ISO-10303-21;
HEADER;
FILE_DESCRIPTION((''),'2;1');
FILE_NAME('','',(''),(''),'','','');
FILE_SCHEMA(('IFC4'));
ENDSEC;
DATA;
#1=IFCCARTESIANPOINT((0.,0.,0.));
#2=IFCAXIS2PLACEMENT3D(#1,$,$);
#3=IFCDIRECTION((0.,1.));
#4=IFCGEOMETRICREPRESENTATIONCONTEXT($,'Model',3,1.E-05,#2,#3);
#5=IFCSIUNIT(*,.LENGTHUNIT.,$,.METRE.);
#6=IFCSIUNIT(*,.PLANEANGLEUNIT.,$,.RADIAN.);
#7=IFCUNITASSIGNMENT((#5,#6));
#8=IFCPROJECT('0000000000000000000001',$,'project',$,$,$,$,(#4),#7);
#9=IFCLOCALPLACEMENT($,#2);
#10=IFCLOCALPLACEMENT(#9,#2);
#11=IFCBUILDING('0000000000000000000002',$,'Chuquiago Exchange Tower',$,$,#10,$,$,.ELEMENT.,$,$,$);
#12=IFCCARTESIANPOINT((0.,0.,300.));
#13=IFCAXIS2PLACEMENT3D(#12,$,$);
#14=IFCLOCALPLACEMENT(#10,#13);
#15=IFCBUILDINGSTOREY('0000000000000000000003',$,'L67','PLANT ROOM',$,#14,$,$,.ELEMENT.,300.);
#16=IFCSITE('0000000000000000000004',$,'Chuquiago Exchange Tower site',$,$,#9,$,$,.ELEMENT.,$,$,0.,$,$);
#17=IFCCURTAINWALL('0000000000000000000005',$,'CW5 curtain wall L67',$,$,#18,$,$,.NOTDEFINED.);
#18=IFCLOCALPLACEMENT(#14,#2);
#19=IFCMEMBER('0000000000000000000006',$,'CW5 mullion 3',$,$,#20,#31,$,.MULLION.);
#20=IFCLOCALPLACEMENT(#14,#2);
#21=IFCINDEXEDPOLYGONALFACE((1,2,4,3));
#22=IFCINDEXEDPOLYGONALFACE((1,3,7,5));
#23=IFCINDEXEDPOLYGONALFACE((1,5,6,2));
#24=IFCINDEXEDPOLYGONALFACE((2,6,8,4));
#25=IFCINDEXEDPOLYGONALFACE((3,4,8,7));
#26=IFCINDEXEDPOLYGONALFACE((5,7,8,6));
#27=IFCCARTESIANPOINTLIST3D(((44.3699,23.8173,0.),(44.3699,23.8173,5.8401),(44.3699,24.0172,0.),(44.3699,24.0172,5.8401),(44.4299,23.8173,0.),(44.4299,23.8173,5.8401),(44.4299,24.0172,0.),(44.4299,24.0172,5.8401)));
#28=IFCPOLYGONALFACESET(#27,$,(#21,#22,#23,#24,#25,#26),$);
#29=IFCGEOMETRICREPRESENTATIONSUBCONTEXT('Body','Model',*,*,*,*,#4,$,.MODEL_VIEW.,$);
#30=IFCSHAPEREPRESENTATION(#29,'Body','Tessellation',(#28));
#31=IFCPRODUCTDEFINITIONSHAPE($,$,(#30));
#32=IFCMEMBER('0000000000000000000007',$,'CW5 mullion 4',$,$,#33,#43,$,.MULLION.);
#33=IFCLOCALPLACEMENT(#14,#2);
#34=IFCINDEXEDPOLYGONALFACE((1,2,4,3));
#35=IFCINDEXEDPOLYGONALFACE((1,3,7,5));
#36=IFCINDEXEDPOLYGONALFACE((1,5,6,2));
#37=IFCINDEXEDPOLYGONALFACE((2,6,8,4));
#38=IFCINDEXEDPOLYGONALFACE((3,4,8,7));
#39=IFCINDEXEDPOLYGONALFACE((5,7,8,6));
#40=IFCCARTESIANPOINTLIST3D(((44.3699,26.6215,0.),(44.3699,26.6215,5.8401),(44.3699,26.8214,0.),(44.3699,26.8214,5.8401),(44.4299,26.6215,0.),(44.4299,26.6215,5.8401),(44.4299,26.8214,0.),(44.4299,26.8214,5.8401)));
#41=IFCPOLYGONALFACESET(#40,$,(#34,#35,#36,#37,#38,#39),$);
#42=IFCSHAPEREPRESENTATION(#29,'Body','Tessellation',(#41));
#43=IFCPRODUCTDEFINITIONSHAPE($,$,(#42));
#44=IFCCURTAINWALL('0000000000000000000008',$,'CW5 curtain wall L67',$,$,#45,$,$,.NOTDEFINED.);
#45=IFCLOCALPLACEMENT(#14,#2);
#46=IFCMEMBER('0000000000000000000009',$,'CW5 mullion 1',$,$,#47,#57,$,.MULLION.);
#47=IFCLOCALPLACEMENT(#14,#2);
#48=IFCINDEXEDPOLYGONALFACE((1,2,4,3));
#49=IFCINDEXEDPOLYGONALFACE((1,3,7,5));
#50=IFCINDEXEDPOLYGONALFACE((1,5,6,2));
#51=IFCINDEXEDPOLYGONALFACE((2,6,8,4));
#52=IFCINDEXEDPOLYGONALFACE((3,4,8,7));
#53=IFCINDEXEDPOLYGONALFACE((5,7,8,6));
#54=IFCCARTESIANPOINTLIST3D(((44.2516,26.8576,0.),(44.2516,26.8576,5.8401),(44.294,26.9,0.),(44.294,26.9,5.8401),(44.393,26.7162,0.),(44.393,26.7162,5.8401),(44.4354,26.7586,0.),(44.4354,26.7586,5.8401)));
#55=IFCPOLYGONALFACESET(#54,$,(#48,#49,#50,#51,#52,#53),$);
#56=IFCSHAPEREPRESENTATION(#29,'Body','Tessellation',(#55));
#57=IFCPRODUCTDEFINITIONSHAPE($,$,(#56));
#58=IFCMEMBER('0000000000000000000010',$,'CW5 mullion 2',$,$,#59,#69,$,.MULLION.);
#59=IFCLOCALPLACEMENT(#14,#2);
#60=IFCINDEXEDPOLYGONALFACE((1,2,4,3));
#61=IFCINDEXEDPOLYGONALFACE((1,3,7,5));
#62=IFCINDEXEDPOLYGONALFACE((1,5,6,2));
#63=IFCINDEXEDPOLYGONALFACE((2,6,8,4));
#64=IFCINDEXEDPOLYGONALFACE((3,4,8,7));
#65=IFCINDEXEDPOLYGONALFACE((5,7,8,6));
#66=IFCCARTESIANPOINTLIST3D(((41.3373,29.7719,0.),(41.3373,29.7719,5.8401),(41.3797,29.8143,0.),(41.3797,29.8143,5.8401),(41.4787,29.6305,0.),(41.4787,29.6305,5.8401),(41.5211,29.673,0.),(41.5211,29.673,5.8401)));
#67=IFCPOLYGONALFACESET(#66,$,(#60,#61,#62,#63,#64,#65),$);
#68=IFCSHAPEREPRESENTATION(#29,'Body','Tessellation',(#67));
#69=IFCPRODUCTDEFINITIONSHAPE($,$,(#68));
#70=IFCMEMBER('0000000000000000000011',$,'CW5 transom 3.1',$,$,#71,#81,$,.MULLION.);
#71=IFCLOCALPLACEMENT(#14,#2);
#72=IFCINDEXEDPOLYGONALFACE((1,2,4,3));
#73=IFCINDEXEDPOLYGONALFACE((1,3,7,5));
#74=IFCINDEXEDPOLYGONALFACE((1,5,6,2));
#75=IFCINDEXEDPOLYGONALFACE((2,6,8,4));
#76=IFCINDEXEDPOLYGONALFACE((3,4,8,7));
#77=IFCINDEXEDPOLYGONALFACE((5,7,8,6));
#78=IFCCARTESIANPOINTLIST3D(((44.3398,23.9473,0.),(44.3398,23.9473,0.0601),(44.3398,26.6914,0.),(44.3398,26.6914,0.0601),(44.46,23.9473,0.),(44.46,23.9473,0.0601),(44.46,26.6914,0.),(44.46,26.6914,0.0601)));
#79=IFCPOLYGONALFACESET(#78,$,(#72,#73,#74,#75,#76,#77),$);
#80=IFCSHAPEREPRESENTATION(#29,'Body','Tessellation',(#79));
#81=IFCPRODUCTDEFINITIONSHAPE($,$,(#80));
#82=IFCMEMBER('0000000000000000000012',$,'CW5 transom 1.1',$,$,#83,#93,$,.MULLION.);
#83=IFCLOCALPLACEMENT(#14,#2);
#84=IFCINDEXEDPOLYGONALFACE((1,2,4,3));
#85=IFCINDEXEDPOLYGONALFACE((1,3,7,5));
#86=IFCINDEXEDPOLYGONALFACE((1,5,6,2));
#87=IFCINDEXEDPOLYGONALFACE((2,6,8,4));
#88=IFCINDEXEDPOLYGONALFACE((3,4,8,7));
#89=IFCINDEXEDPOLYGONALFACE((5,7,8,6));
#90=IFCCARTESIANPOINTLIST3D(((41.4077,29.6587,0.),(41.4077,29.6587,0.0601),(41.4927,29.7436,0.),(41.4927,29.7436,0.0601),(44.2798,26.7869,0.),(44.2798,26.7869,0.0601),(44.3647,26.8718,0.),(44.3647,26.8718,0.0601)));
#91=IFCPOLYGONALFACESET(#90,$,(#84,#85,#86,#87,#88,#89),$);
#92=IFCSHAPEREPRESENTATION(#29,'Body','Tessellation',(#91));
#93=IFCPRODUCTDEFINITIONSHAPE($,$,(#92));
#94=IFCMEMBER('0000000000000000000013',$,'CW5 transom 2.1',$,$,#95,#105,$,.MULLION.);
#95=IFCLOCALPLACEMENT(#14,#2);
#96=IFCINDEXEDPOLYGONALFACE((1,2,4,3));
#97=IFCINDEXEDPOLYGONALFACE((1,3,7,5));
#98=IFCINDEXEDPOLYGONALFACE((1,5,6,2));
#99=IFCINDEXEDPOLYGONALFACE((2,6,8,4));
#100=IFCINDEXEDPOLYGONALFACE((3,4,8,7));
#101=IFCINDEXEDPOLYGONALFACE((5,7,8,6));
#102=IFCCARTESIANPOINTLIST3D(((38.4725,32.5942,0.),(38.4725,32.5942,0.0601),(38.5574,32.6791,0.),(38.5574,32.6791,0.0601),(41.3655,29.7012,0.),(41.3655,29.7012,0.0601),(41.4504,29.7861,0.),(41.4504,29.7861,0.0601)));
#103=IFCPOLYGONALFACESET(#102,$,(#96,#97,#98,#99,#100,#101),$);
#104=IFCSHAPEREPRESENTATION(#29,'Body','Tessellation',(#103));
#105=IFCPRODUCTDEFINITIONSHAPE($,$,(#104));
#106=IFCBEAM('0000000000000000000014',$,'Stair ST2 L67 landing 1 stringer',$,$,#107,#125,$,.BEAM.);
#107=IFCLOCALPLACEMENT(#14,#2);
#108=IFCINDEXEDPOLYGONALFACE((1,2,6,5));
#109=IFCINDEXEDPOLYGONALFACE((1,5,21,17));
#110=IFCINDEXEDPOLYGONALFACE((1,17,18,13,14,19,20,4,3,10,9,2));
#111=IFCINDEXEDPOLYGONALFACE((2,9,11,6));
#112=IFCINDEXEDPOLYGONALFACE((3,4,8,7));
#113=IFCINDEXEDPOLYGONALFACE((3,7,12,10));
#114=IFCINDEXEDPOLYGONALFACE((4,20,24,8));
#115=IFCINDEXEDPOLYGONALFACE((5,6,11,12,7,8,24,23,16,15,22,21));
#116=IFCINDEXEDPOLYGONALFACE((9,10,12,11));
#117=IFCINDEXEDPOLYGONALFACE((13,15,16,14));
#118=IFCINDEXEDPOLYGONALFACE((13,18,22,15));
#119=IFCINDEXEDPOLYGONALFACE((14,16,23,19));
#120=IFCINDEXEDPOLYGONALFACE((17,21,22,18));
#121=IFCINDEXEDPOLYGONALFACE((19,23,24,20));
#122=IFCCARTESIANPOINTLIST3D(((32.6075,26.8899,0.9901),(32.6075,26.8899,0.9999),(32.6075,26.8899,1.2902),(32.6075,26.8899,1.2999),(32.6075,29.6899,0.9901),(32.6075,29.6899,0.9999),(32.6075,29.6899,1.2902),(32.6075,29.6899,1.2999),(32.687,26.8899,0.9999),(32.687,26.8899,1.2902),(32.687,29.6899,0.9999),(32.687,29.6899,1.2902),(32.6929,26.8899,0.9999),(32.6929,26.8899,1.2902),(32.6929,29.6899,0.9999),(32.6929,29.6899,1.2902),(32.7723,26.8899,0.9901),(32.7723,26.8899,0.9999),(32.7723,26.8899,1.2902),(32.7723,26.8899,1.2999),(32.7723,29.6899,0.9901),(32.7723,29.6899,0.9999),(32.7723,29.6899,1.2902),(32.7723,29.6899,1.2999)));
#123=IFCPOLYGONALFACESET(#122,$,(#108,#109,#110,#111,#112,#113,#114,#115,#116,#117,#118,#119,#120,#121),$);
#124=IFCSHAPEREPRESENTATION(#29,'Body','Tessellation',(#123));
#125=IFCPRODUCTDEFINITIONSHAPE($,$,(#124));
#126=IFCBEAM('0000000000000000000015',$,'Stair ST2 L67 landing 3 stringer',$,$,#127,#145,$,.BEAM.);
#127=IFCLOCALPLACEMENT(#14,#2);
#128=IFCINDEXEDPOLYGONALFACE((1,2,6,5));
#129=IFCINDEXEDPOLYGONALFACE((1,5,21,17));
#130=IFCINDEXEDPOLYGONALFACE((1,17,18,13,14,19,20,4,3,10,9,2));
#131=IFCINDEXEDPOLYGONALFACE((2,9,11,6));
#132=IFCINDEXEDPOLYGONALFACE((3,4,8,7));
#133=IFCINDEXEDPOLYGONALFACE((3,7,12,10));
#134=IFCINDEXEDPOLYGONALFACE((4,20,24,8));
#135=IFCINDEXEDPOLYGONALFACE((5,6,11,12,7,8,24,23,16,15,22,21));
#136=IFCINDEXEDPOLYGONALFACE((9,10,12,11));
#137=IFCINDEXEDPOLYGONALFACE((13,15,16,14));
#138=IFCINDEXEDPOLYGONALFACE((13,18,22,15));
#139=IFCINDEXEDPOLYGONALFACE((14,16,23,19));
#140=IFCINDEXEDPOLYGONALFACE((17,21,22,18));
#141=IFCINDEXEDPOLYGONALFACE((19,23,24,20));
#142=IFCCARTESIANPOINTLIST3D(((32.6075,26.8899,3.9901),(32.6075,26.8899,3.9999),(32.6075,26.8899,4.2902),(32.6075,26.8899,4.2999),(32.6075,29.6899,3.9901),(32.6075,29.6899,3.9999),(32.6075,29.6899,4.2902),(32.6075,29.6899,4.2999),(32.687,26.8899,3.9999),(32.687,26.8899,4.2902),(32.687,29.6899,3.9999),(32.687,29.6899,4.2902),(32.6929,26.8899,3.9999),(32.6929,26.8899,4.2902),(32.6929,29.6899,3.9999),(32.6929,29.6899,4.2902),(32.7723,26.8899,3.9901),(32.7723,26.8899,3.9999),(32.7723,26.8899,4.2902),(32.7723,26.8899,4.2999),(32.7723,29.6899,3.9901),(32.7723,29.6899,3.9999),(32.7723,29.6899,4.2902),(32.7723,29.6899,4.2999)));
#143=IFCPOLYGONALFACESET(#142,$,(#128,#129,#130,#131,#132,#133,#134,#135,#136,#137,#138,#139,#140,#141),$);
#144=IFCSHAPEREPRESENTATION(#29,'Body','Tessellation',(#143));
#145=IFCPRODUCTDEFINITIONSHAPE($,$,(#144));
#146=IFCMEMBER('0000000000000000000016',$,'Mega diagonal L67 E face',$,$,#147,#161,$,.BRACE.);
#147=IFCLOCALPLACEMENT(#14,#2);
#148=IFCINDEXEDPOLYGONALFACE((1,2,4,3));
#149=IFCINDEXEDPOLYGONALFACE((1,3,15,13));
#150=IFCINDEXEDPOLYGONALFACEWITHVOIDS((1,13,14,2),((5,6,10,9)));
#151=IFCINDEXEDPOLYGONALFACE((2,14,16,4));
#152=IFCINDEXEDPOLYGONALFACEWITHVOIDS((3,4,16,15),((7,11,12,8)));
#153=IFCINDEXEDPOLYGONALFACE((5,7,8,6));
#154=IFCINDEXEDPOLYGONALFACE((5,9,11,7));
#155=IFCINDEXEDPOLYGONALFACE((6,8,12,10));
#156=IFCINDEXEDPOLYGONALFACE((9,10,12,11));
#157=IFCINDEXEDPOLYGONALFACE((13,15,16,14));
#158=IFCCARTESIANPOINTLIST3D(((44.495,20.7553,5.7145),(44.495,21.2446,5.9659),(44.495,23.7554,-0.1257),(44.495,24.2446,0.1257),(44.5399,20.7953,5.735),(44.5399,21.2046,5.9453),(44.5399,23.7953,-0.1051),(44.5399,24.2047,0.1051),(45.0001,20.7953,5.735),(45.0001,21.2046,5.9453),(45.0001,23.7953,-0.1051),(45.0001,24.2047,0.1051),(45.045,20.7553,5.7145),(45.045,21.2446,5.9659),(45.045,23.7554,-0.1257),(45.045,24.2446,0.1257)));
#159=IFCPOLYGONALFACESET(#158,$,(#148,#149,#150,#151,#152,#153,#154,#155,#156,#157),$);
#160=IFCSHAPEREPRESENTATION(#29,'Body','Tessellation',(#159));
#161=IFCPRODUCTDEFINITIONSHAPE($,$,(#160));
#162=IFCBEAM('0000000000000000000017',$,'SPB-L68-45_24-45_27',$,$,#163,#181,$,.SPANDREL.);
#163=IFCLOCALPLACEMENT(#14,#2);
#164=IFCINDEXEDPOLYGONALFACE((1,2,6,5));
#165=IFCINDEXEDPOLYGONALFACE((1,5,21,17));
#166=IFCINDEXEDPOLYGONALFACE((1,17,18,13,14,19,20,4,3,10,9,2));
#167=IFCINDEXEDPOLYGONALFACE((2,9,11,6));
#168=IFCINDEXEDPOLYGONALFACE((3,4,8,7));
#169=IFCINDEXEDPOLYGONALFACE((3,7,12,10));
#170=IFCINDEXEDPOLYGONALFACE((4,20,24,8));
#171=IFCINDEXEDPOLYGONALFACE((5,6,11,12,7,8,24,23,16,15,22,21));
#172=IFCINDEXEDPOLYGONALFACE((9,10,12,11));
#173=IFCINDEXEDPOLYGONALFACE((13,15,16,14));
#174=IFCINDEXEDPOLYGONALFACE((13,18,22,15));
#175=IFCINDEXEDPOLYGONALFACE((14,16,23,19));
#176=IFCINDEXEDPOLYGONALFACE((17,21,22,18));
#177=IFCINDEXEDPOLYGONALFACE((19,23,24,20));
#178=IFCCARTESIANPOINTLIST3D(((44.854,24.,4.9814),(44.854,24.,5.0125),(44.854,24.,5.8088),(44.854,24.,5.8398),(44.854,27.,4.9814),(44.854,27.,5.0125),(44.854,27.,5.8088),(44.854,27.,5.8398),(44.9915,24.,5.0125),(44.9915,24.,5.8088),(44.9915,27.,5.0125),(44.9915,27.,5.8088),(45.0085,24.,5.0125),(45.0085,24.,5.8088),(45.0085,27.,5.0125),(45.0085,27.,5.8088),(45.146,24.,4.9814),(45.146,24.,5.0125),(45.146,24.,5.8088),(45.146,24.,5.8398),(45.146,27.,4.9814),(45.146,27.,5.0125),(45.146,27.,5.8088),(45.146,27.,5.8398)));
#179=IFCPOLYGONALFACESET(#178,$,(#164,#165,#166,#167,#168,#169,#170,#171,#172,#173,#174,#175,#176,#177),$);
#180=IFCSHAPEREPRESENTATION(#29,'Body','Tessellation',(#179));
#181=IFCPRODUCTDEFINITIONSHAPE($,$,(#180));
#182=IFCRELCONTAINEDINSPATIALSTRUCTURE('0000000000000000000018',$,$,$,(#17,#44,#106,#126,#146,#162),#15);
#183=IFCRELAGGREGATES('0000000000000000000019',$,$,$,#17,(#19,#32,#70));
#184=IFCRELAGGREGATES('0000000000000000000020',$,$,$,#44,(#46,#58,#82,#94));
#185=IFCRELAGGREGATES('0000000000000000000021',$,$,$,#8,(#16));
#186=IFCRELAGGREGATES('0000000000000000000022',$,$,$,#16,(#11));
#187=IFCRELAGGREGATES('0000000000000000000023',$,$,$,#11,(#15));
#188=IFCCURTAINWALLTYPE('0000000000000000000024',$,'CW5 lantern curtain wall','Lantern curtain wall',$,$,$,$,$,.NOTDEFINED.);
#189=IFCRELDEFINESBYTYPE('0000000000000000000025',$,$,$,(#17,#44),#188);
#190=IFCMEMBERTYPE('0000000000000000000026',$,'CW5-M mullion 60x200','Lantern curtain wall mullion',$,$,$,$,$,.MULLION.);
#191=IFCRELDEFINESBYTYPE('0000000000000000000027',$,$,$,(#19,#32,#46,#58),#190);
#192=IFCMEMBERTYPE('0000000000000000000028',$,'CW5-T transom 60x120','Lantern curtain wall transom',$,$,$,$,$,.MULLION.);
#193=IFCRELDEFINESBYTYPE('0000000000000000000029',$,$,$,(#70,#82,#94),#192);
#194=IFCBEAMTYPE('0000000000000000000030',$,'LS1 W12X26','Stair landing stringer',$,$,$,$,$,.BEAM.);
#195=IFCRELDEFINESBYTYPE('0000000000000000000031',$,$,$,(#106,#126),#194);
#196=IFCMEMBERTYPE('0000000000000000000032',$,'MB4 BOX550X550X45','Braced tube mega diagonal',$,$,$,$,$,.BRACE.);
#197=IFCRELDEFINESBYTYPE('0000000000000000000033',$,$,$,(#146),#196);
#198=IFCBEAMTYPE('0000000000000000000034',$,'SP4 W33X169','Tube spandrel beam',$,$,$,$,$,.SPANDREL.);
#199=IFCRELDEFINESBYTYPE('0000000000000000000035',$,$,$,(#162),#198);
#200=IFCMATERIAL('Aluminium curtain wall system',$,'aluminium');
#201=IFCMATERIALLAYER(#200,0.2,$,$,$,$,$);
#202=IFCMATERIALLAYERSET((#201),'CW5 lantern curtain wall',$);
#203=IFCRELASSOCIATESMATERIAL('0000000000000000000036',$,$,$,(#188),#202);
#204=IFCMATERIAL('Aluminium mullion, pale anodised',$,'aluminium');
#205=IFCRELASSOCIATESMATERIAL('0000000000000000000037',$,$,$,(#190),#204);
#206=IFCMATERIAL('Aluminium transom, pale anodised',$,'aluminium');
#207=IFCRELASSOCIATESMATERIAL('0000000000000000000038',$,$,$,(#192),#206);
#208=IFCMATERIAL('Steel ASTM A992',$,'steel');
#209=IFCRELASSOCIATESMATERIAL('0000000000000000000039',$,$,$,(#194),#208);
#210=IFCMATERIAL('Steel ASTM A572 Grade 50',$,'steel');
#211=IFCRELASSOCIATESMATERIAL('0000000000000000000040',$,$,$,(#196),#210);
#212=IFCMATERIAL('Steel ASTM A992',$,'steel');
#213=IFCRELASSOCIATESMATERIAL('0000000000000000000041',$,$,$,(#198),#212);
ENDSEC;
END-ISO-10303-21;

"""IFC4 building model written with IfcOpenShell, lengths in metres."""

from ifc_helpers import new_model, si_unit, direction, frame, origin, origin_2d, place, context, subcontext, project, spatial, rectangle, hollow_rectangle, i_section, extrude, material, layer, layer_set, material_profile, profile_set, type_object, element, aggregate, save


model = new_model("IFC4")

# Units and contexts
model_context = context("Model", 3, precision=1e-05, world=origin(), true_north=direction((0.0, 1.0)))
body_context = subcontext(model_context, "Body", "Model", "MODEL_VIEW")
ifc_project = project(units=[si_unit("LENGTHUNIT", "METRE"), si_unit("PLANEANGLEUNIT", "RADIAN")], contexts=[model_context])

# Site, building, storey
site_placement = place(None, origin())
site = spatial("IfcSite", under=ifc_project, at=site_placement, Name="Chuquiago Exchange Tower site", CompositionType="ELEMENT", RefElevation=0.0)
building_placement = place(site_placement, origin())
building = spatial("IfcBuilding", under=site, at=building_placement, Name="Chuquiago Exchange Tower", CompositionType="ELEMENT")
storey_placement = place(building_placement, frame((0.0, 0.0, 300.0)))
storey = spatial("IfcBuildingStorey", under=building, at=storey_placement, Name="L67", Description="PLANT ROOM", CompositionType="ELEMENT", Elevation=300.0)

# Curtain walls, members
ifc_material_1 = material(Name="Aluminium curtain wall system", Category="aluminium")
ifc_layer_1 = layer(ifc_material_1, 0.2)
ifc_layer_set_1 = layer_set([ifc_layer_1], Name="CW5 lantern curtain wall")
curtain_wall_type = type_object("IfcCurtainWallType", Name="CW5 lantern curtain wall", Description="Lantern curtain wall", PredefinedType="NOTDEFINED", material=ifc_layer_set_1)
curtain_wall_1_placement = place(storey_placement, origin())
curtain_wall_1 = element("IfcCurtainWall", 1, at=curtain_wall_1_placement, inside=storey, type_object=curtain_wall_type, Name="CW5 curtain wall L67", PredefinedType="NOTDEFINED")
ifc_material_2 = material(Name="Aluminium mullion, pale anodised", Category="aluminium")
ifc_material_profile_1 = material_profile(ifc_material_2, rectangle(XDim=0.0601, YDim=0.2, at=origin_2d()), Name="AL 60x200")
ifc_profile_set_1 = profile_set([ifc_material_profile_1], Name="Aluminium mullion, pale anodised")
member_type_1 = type_object("IfcMemberType", Name="CW5-M mullion 60x200", Description="Lantern curtain wall mullion", PredefinedType="MULLION", material=ifc_profile_set_1)
member_1_placement = place(storey_placement, frame((44.3999, 23.9172, 0.0), z_axis=(0.0, 0.0, 1.0), x_axis=(-1.0, 0.0, 0.0)))
member_1 = element("IfcMember", 2, at=member_1_placement, type_object=member_type_1, Name="CW5 mullion 3", PredefinedType="MULLION", context=body_context, shape_type="SweptSolid", body=[
    extrude(rectangle(XDim=0.0601, YDim=0.2, at=origin_2d()), origin(), (0.0, 0.0, 1.0), 5.8401),
])
member_2_placement = place(storey_placement, frame((44.3999, 26.7214, 0.0), z_axis=(0.0, 0.0, 1.0), x_axis=(-1.0, 0.0, 0.0)))
member_2 = element("IfcMember", 3, at=member_2_placement, type_object=member_type_1, Name="CW5 mullion 4", PredefinedType="MULLION", context=body_context, shape_type="SweptSolid", body=[
    extrude(rectangle(XDim=0.0601, YDim=0.2, at=origin_2d()), origin(), (0.0, 0.0, 1.0), 5.8401),
])
curtain_wall_2_placement = place(storey_placement, origin())
curtain_wall_2 = element("IfcCurtainWall", 4, at=curtain_wall_2_placement, inside=storey, type_object=curtain_wall_type, Name="CW5 curtain wall L67", PredefinedType="NOTDEFINED")
member_3_placement = place(storey_placement, frame((44.3435, 26.8081, 0.0), z_axis=(0.0, 0.0, 1.0), x_axis=(-0.707109, -0.707105, 0.0)))
member_3 = element("IfcMember", 5, at=member_3_placement, type_object=member_type_1, Name="CW5 mullion 1", PredefinedType="MULLION", context=body_context, shape_type="SweptSolid", body=[
    extrude(rectangle(XDim=0.0601, YDim=0.2, at=origin_2d()), origin(), (0.0, 0.0, 1.0), 5.8401),
])
member_4_placement = place(storey_placement, frame((41.4292, 29.7224, 0.0), z_axis=(0.0, 0.0, 1.0), x_axis=(-0.707109, -0.707105, 0.0)))
member_4 = element("IfcMember", 6, at=member_4_placement, type_object=member_type_1, Name="CW5 mullion 2", PredefinedType="MULLION", context=body_context, shape_type="SweptSolid", body=[
    extrude(rectangle(XDim=0.0601, YDim=0.2, at=origin_2d()), origin(), (0.0, 0.0, 1.0), 5.8401),
])

# Members
ifc_material_3 = material(Name="Aluminium transom, pale anodised", Category="aluminium")
ifc_material_profile_2 = material_profile(ifc_material_3, rectangle(XDim=0.1201, YDim=0.0601, at=origin_2d()), Name="AL 120x60")
ifc_profile_set_2 = profile_set([ifc_material_profile_2], Name="Aluminium transom, pale anodised")
member_type_2 = type_object("IfcMemberType", Name="CW5-T transom 60x120", Description="Lantern curtain wall transom", PredefinedType="MULLION", material=ifc_profile_set_2)
member_5_placement = place(storey_placement, frame((44.3999, 23.9473, 0.03), z_axis=(0.0, 1.0, 0.0), x_axis=(-1.0, 0.0, 0.0)))
member_5 = element("IfcMember", 7, at=member_5_placement, type_object=member_type_2, Name="CW5 transom 3.1", PredefinedType="MULLION", context=body_context, shape_type="SweptSolid", body=[
    extrude(rectangle(XDim=0.1201, YDim=0.0601, at=origin_2d()), origin(), (0.0, 0.0, 1.0), 2.7441),
])
member_6_placement = place(storey_placement, frame((44.3223, 26.8293, 0.03), z_axis=(-0.707137, 0.707077, 0.0), x_axis=(-0.707077, -0.707137, 0.0)))
member_6 = element("IfcMember", 8, at=member_6_placement, type_object=member_type_2, Name="CW5 transom 1.1", PredefinedType="MULLION", context=body_context, shape_type="SweptSolid", body=[
    extrude(rectangle(XDim=0.1201, YDim=0.0601, at=origin_2d()), origin(), (0.0, 0.0, 1.0), 4.0615),
])
member_7_placement = place(storey_placement, frame((41.408, 29.7437, 0.03), z_axis=(-0.707107, 0.707107, 0.0), x_axis=(-0.707107, -0.707107, 0.0)))
member_7 = element("IfcMember", 9, at=member_7_placement, type_object=member_type_2, Name="CW5 transom 2.1", PredefinedType="MULLION", context=body_context, shape_type="SweptSolid", body=[
    extrude(rectangle(XDim=0.1201, YDim=0.0601, at=origin_2d()), origin(), (0.0, 0.0, 1.0), 4.0913),
])

# Beams
ifc_material_4 = material(Name="Steel ASTM A992", Category="steel")
ifc_material_profile_3 = material_profile(ifc_material_4, i_section(OverallWidth=0.1648, OverallDepth=0.3098, WebThickness=0.0059, FlangeThickness=0.0098, at=origin_2d()), Name="W12X26")
ifc_profile_set_3 = profile_set([ifc_material_profile_3], Name="Steel ASTM A992")
beam_type_1 = type_object("IfcBeamType", Name="LS1 W12X26", Description="Stair landing stringer", PredefinedType="BEAM", material=ifc_profile_set_3)
for number, where, z_axis, x_axis, name in (
    (10, (32.6899, 26.8899, 1.145), (0.0, 1.0, 0.0), (-1.0, 0.0, 0.0), "Stair ST2 L67 landing 1 stringer"),
    (11, (32.6899, 26.8899, 4.145), (0.0, 1.0, 0.0), (-1.0, 0.0, 0.0), "Stair ST2 L67 landing 3 stringer"),
):
    element("IfcBeam", number, at=place(storey_placement, frame(where, z_axis=z_axis, x_axis=x_axis)), inside=storey, type_object=beam_type_1, Name=name, PredefinedType="BEAM", context=body_context, shape_type="SweptSolid", body=[
        extrude(i_section(OverallWidth=0.1648, OverallDepth=0.3098, WebThickness=0.0059, FlangeThickness=0.0098, at=origin_2d()), origin(), (0.0, 0.0, 1.0), 2.8),
    ])

# Member
ifc_material_5 = material(Name="Steel ASTM A572 Grade 50", Category="steel")
ifc_material_profile_4 = material_profile(ifc_material_5, hollow_rectangle(XDim=0.55, YDim=0.55, WallThickness=0.0449, at=origin_2d()), Name="BOX550X550X45")
ifc_profile_set_4 = profile_set([ifc_material_profile_4], Name="Steel ASTM A572 Grade 50")
member_type_3 = type_object("IfcMemberType", Name="MB4 BOX550X550X45", Description="Braced tube mega diagonal", PredefinedType="BRACE", material=ifc_profile_set_4)
member_8_placement = place(storey_placement, frame((44.77, 24.0, 0.0), z_axis=(0.0, -0.45693, 0.889503), x_axis=(1.0, 0.0, 0.0)))
element("IfcMember", 12, at=member_8_placement, inside=storey, type_object=member_type_3, Name="Mega diagonal L67 E face", PredefinedType="BRACE", context=body_context, shape_type="SweptSolid", body=[
    extrude(hollow_rectangle(XDim=0.55, YDim=0.55, WallThickness=0.0449, at=origin_2d()), origin(), (0.0, 0.0, 1.0), 6.5657),
])

# Beam
ifc_material_6 = material(Name="Steel ASTM A992", Category="steel")
ifc_material_profile_5 = material_profile(ifc_material_6, i_section(OverallWidth=0.292, OverallDepth=0.8584, WebThickness=0.0171, FlangeThickness=0.031, at=origin_2d()), Name="W33X169")
ifc_profile_set_5 = profile_set([ifc_material_profile_5], Name="Steel ASTM A992")
beam_type_2 = type_object("IfcBeamType", Name="SP4 W33X169", Description="Tube spandrel beam", PredefinedType="SPANDREL", material=ifc_profile_set_5)
beam_1_placement = place(storey_placement, frame((45.0, 24.0, 5.4106), z_axis=(0.0, 1.0, 0.0), x_axis=(-1.0, 0.0, 0.0)))
element("IfcBeam", 13, at=beam_1_placement, inside=storey, type_object=beam_type_2, Name="SPB-L68-45_24-45_27", PredefinedType="SPANDREL", context=body_context, shape_type="SweptSolid", body=[
    extrude(i_section(OverallWidth=0.292, OverallDepth=0.8584, WebThickness=0.0171, FlangeThickness=0.031, at=origin_2d()), origin(), (0.0, 0.0, 1.0), 3.0),
])

aggregate(curtain_wall_1, [member_1, member_2, member_5])
aggregate(curtain_wall_2, [member_3, member_4, member_6, member_7])

save(model, "model.ifc")
